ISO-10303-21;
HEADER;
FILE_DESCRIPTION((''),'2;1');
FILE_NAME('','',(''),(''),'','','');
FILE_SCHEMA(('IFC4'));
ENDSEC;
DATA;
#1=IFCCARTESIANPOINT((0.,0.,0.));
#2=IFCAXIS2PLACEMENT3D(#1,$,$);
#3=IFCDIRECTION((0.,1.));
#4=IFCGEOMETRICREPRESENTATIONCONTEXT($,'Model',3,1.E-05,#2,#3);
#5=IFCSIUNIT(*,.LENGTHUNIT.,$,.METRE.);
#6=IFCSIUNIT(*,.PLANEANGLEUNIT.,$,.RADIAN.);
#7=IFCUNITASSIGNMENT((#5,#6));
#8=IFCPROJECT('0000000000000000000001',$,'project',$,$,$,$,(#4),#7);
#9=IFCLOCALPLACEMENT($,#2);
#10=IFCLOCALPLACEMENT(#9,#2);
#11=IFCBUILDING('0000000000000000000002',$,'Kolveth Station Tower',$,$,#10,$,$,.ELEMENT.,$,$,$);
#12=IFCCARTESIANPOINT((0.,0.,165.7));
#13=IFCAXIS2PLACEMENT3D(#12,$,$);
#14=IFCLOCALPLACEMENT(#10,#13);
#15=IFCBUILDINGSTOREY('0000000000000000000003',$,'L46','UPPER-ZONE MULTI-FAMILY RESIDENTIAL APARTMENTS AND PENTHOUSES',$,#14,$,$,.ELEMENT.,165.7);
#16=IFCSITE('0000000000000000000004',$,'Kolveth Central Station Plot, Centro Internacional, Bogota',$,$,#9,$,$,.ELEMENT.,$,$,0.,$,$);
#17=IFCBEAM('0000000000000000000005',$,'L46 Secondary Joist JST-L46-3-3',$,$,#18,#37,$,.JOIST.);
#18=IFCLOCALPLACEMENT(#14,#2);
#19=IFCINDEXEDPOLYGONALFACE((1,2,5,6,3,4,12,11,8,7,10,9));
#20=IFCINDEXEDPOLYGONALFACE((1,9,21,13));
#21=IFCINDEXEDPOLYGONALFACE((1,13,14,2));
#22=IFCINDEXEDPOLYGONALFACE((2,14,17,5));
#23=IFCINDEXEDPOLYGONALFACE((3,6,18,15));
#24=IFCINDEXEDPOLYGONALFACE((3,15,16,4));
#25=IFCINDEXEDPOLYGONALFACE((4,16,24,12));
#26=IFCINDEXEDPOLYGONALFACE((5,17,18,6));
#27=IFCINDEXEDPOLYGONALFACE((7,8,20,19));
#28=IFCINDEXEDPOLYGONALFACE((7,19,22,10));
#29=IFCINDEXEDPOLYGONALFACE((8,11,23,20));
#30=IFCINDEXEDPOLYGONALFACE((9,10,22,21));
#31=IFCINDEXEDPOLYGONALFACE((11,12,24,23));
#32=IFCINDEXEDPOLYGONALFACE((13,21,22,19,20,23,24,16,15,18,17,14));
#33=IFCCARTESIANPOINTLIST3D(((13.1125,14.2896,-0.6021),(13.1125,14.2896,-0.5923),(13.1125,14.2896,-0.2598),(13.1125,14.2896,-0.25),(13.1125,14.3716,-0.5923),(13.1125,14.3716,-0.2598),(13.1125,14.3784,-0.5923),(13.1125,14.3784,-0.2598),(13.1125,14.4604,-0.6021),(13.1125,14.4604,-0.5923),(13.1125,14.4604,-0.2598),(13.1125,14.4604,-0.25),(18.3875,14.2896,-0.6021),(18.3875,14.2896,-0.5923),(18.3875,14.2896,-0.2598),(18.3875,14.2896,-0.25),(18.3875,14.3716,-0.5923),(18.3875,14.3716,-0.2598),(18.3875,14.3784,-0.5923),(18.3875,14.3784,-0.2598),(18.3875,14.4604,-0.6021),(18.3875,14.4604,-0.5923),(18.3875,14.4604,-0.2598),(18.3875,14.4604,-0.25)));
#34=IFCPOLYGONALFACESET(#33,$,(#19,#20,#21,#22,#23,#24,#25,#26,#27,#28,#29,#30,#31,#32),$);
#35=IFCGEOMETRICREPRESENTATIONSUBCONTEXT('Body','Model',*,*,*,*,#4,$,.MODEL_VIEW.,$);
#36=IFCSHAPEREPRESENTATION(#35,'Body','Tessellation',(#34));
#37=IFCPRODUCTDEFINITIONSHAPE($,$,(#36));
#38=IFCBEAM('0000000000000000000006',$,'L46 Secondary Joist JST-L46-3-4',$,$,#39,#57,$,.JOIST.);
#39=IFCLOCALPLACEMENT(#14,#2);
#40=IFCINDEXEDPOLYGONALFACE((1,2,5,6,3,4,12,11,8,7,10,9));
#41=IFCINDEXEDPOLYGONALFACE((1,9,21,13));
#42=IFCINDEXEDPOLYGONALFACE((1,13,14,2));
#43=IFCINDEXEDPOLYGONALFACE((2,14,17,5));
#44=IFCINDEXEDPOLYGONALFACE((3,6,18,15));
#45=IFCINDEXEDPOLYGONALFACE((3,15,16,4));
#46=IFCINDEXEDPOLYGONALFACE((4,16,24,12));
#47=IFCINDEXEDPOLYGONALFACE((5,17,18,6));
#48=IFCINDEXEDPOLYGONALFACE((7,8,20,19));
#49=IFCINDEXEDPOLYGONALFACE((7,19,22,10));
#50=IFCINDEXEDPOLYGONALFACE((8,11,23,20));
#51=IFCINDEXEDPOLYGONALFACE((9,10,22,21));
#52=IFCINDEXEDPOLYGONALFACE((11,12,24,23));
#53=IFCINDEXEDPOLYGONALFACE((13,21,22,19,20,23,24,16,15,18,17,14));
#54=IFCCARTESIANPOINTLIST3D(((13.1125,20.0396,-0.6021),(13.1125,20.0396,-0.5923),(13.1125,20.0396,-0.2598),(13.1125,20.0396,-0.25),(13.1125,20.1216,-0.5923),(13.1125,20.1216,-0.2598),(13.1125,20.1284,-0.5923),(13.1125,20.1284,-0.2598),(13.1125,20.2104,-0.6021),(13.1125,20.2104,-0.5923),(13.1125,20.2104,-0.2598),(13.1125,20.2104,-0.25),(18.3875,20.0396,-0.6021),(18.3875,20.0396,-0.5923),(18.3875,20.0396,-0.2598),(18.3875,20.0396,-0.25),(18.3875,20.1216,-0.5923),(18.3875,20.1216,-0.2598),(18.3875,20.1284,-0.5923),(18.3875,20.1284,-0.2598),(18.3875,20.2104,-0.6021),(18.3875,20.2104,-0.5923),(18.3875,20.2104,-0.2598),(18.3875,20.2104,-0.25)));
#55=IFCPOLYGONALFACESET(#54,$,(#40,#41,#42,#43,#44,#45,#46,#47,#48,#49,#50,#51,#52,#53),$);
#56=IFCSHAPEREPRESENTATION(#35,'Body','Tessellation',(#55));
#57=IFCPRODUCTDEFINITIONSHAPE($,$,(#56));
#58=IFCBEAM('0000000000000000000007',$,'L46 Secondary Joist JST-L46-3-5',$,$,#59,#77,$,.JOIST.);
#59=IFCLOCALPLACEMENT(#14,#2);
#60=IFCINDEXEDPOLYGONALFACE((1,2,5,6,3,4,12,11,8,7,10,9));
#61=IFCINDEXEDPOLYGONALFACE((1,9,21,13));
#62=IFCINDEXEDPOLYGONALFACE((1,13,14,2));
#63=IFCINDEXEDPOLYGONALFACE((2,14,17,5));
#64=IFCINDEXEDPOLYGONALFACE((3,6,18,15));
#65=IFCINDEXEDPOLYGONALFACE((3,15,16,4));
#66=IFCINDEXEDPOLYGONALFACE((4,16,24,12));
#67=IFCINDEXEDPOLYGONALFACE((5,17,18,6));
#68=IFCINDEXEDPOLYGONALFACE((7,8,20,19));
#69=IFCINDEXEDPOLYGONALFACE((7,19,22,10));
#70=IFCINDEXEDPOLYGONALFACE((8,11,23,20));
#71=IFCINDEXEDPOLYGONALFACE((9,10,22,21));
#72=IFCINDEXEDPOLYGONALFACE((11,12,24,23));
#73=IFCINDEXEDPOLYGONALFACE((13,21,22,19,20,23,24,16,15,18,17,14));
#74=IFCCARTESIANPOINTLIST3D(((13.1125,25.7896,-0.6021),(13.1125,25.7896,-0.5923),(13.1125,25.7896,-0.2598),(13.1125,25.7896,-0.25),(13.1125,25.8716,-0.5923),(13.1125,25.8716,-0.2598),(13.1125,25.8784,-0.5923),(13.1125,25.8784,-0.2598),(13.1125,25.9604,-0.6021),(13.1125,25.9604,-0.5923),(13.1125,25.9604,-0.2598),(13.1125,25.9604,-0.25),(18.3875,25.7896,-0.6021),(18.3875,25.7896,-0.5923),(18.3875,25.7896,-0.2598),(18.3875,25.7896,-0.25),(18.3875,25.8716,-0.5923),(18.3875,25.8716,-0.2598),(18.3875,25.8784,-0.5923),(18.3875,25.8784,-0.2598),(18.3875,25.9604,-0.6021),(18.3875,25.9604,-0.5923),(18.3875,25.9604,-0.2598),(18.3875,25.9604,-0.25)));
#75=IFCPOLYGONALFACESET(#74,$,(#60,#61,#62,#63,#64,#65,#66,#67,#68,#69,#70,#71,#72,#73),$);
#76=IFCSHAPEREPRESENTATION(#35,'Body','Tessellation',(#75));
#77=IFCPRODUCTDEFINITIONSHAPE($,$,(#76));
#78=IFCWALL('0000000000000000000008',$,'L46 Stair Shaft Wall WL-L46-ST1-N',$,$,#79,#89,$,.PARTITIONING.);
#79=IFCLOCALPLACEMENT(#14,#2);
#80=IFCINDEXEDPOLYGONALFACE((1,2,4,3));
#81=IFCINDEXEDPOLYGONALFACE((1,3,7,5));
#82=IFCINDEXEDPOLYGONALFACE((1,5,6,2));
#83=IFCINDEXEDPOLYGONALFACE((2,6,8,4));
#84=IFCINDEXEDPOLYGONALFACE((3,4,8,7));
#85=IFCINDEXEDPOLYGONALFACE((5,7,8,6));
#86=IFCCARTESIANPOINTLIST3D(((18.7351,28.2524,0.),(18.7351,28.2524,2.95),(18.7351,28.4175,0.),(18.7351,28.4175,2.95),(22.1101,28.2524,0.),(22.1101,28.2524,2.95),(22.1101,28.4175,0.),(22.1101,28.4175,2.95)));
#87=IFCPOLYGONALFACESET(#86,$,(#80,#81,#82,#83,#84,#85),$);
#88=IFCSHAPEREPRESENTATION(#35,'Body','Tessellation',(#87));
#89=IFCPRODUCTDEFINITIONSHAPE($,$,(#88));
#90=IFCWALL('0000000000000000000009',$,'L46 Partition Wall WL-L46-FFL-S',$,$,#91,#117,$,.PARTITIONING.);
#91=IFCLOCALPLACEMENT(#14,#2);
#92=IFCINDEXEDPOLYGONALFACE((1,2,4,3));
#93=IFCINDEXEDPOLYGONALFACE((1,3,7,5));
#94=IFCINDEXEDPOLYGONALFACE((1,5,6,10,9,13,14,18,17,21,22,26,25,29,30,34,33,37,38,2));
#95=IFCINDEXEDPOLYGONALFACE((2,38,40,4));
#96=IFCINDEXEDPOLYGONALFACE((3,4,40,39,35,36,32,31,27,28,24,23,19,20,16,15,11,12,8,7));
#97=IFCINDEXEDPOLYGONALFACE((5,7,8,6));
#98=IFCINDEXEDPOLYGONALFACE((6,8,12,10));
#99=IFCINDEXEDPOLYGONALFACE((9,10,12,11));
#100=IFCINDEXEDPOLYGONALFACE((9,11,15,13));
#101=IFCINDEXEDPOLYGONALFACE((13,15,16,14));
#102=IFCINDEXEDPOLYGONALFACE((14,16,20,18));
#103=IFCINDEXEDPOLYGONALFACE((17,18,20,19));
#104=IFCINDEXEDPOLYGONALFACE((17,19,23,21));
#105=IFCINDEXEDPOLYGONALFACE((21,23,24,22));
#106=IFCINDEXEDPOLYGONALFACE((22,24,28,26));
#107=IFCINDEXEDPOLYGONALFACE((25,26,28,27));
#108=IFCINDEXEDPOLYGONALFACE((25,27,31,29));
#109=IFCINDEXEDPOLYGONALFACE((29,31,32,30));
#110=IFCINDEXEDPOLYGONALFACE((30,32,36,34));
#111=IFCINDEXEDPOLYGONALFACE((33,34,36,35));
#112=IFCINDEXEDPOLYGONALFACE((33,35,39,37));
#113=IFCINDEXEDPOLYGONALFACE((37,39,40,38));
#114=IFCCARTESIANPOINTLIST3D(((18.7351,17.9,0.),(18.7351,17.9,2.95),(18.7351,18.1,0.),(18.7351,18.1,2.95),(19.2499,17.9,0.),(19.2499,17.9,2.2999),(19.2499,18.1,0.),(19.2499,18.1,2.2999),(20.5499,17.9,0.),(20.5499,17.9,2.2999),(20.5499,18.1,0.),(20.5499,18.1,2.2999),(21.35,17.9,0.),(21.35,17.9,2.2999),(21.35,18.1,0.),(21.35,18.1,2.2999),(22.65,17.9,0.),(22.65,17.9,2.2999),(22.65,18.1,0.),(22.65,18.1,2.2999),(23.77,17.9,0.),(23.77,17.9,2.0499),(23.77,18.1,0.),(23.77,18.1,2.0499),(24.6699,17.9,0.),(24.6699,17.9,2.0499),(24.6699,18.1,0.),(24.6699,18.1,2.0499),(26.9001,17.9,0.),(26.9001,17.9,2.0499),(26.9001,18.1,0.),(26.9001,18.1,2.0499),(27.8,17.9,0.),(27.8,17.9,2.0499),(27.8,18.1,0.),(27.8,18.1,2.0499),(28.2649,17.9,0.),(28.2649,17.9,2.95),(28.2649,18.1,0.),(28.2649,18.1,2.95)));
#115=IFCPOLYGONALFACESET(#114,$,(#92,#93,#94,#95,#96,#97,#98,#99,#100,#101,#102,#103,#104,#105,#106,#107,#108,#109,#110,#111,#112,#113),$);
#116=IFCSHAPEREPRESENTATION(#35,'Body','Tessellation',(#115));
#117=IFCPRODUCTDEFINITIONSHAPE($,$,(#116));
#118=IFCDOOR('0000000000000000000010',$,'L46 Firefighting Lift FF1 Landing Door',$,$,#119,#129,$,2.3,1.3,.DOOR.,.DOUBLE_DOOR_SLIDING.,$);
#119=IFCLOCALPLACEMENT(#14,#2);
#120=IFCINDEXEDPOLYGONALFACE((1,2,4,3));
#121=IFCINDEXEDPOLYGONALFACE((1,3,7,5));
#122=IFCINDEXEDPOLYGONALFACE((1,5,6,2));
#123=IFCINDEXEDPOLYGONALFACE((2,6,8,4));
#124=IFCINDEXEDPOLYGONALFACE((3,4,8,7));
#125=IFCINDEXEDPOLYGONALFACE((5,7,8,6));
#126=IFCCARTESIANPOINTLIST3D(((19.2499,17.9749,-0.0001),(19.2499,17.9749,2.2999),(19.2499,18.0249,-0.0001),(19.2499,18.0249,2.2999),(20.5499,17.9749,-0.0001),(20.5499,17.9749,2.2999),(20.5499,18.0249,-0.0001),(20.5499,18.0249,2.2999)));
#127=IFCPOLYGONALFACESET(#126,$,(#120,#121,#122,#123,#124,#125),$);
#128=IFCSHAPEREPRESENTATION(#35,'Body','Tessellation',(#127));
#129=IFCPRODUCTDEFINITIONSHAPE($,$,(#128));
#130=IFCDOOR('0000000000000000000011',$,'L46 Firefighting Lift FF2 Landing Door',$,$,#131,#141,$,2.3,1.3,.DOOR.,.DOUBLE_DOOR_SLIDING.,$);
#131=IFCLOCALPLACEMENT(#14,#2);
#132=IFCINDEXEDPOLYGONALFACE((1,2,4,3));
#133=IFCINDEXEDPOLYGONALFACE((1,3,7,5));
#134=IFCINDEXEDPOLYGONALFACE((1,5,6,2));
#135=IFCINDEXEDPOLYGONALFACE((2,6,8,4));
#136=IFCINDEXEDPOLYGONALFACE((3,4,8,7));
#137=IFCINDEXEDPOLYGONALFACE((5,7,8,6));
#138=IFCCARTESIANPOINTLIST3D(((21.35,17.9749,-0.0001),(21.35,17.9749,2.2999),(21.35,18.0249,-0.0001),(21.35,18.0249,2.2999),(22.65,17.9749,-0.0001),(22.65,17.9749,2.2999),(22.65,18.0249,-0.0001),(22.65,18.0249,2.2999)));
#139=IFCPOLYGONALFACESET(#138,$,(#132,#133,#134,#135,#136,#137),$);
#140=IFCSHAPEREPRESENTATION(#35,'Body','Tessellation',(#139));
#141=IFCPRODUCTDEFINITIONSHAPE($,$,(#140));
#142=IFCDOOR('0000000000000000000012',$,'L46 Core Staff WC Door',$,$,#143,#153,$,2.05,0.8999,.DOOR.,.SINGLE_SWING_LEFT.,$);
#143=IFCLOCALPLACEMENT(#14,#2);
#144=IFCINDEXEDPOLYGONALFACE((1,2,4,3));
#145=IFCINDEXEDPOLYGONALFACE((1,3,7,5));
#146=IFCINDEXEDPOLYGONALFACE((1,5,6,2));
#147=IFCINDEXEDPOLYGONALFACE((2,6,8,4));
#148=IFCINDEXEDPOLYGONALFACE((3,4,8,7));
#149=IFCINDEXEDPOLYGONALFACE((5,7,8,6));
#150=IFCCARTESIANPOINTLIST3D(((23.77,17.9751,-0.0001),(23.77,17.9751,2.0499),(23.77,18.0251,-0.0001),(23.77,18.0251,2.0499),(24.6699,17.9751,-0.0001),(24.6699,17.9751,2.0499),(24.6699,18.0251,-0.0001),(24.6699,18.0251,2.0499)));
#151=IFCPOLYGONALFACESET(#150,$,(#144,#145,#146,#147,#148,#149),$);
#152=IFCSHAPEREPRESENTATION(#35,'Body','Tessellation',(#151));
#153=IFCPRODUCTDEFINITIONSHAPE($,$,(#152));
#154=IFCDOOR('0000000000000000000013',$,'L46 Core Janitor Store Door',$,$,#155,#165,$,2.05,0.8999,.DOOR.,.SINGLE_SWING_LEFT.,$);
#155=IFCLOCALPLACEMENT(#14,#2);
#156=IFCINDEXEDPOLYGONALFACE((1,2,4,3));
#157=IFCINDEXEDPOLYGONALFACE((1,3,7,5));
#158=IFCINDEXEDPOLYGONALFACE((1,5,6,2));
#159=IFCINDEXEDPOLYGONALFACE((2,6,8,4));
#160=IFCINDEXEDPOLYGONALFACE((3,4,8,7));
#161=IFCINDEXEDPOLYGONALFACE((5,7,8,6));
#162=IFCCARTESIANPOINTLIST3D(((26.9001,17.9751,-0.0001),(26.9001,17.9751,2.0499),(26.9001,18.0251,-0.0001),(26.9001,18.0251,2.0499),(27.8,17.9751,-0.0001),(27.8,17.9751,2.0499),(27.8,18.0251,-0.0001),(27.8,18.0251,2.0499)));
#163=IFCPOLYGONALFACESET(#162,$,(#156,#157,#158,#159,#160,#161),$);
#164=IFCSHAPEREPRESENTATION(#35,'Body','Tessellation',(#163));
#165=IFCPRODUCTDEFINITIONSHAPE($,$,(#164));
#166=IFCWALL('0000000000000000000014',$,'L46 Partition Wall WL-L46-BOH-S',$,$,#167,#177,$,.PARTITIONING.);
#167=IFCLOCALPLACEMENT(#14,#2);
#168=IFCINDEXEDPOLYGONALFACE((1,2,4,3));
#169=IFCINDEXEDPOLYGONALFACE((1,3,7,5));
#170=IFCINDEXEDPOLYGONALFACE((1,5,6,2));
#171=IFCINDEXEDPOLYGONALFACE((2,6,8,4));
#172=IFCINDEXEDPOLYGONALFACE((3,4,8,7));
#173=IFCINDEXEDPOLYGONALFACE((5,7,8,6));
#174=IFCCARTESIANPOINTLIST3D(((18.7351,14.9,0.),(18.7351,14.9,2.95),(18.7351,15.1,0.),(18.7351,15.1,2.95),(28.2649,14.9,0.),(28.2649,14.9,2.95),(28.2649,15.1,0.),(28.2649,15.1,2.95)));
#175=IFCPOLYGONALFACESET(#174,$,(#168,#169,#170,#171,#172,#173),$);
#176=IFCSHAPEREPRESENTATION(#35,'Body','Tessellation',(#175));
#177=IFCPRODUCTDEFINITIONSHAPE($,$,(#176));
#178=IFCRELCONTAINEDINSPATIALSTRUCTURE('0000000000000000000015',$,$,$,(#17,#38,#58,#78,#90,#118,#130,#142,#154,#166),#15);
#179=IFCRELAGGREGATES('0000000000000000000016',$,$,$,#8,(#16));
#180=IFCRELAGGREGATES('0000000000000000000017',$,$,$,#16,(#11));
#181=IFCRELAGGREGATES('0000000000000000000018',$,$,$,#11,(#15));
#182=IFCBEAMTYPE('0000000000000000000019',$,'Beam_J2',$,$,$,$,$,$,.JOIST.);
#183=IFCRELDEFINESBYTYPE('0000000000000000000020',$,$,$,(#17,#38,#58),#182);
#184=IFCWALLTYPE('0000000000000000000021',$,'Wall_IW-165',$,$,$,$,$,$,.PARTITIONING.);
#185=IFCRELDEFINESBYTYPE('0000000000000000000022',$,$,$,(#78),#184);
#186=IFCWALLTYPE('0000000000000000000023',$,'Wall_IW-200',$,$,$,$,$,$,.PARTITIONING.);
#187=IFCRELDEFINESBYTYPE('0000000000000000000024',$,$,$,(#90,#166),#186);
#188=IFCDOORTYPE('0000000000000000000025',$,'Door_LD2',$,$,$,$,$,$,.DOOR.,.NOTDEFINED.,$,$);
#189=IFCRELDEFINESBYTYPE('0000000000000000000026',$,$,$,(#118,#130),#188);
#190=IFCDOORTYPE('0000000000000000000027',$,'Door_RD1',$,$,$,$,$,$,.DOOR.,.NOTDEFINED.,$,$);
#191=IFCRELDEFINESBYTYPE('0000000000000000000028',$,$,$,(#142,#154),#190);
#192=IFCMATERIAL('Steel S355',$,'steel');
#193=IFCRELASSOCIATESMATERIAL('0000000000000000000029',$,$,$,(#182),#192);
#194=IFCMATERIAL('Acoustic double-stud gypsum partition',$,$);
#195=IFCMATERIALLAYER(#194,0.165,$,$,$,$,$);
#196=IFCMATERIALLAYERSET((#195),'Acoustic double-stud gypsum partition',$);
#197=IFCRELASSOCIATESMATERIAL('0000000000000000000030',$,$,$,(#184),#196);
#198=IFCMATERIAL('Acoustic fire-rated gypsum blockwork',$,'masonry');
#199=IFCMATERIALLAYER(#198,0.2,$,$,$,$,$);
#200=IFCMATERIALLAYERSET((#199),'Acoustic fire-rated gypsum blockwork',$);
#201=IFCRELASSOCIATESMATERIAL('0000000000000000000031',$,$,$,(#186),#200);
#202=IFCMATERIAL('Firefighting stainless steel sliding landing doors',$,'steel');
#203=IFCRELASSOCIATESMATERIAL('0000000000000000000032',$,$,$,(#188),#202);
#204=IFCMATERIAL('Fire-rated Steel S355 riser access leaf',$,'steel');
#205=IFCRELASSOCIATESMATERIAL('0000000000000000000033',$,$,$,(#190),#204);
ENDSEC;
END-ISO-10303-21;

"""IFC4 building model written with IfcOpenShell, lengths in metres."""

from ifc_helpers import new_model, si_unit, direction, frame, frame_2d, origin, origin_2d, place, context, subcontext, project, spatial, rectangle, i_section, extrude, source, transform, mapped, material, layer, layer_set, material_profile, profile_set, type_object, element, fill, save


model = new_model("IFC4")

# Units and contexts
model_context = context("Model", 3, precision=1e-05, world=origin(), true_north=direction((0.0, 1.0)))
body_context = subcontext(model_context, "Body", "Model", "MODEL_VIEW")
ifc_project = project(units=[si_unit("LENGTHUNIT", "METRE"), si_unit("PLANEANGLEUNIT", "RADIAN")], contexts=[model_context])

# Site, building, storey
site_placement = place(None, origin())
site = spatial("IfcSite", under=ifc_project, at=site_placement, Name="Kolveth Central Station Plot, Centro Internacional, Bogota", CompositionType="ELEMENT", RefElevation=0.0)
building_placement = place(site_placement, origin())
building = spatial("IfcBuilding", under=site, at=building_placement, Name="Kolveth Station Tower", CompositionType="ELEMENT")
storey_placement = place(building_placement, frame((0.0, 0.0, 165.7)))
storey = spatial("IfcBuildingStorey", under=building, at=storey_placement, Name="L46", Description="UPPER-ZONE MULTI-FAMILY RESIDENTIAL APARTMENTS AND PENTHOUSES", CompositionType="ELEMENT", Elevation=165.7)

# Shared definitions
ifc_material_1 = material(Name="Steel S355", Category="steel")

# Beams
ifc_material_profile_1 = material_profile(ifc_material_1, i_section(OverallWidth=0.1709, OverallDepth=0.3521, WebThickness=0.0068, FlangeThickness=0.0098, at=origin_2d()), Name="W360x44")
ifc_profile_set_1 = profile_set([ifc_material_profile_1], Name="Steel S355")
beam_type_1 = type_object("IfcBeamType", Name="Beam_J2", PredefinedType="JOIST", material=ifc_profile_set_1)
shared_shape_1 = source(origin(), body_context, "Body", "SweptSolid", [
    extrude(i_section(OverallWidth=0.1709, OverallDepth=0.3521, WebThickness=0.0068, FlangeThickness=0.0098, at=origin_2d()), origin(), (0.0, 0.0, 1.0), 5.2749),
])
for number, where, z_axis, x_axis, name in (
    (1, (13.1125, 14.375, -0.426), (1.0, 0.0, 0.0), (0.0, 1.0, 0.0), "L46 Secondary Joist JST-L46-3-3"),
    (2, (13.1125, 20.125, -0.426), (1.0, 0.0, 0.0), (0.0, 1.0, 0.0), "L46 Secondary Joist JST-L46-3-4"),
    (3, (13.1125, 25.875, -0.426), (1.0, 0.0, 0.0), (0.0, 1.0, 0.0), "L46 Secondary Joist JST-L46-3-5"),
):
    element("IfcBeam", number, at=place(storey_placement, frame(where, z_axis=z_axis, x_axis=x_axis)), inside=storey, type_object=beam_type_1, Name=name, PredefinedType="JOIST", context=body_context, shape_type="MappedRepresentation", body=[
        mapped(shared_shape_1, transform((0.0, 0.0, 0.0), x_axis=(1.0, 0.0, 0.0), y_axis=(0.0, 1.0, 0.0), z_axis=(0.0, 0.0, 1.0), scale=1.0)),
    ])

# Wall
ifc_material_2 = material(Name="Acoustic double-stud gypsum partition")
ifc_layer_1 = layer(ifc_material_2, 0.165)
ifc_layer_set_1 = layer_set([ifc_layer_1], Name="Acoustic double-stud gypsum partition")
wall_type_1 = type_object("IfcWallType", Name="Wall_IW-165", PredefinedType="PARTITIONING", material=ifc_layer_set_1)
wall_1_placement = place(storey_placement, frame((18.7351, 28.335, 0.0), z_axis=(0.0, 0.0, 1.0), x_axis=(1.0, 0.0, 0.0)))
element("IfcWall", 4, at=wall_1_placement, inside=storey, type_object=wall_type_1, Name="L46 Stair Shaft Wall WL-L46-ST1-N", PredefinedType="PARTITIONING", context=body_context, shape_type="SweptSolid", body=[
    extrude(rectangle(XDim=3.375, YDim=0.165, at=frame_2d((1.6875, 0.0))), origin(), (0.0, 0.0, 1.0), 2.95),
])

# Wall, openings, doors
ifc_material_3 = material(Name="Acoustic fire-rated gypsum blockwork", Category="masonry")
ifc_layer_2 = layer(ifc_material_3, 0.2)
ifc_layer_set_2 = layer_set([ifc_layer_2], Name="Acoustic fire-rated gypsum blockwork")
wall_type_2 = type_object("IfcWallType", Name="Wall_IW-200", PredefinedType="PARTITIONING", material=ifc_layer_set_2)
wall_2_placement = place(storey_placement, frame((18.7351, 18.0, 0.0), z_axis=(0.0, 0.0, 1.0), x_axis=(1.0, 0.0, 0.0)))
wall_2 = element("IfcWall", 5, at=wall_2_placement, inside=storey, type_object=wall_type_2, Name="L46 Partition Wall WL-L46-FFL-S", PredefinedType="PARTITIONING", context=body_context, shape_type="SweptSolid", body=[
    extrude(rectangle(XDim=9.5298, YDim=0.2, at=frame_2d((4.7649, 0.0))), origin(), (0.0, 0.0, 1.0), 2.95),
])
opening_1_placement = place(wall_2_placement, frame((0.5149, 0.0, 0.0)))
opening_1 = element("IfcOpeningElement", 6, at=opening_1_placement, cuts=wall_2, PredefinedType="OPENING", context=body_context, shape_type="SweptSolid", body=[
    extrude(rectangle(XDim=1.3, YDim=2.3, at=frame_2d((0.6499, 1.1499))), frame((0.0, 0.1099, 0.0), z_axis=(0.0, -1.0, 0.0), x_axis=(1.0, 0.0, 0.0)), (0.0, 0.0, 1.0), 0.22),
])
opening_2_placement = place(wall_2_placement, frame((2.615, 0.0, 0.0)))
opening_2 = element("IfcOpeningElement", 7, at=opening_2_placement, cuts=wall_2, PredefinedType="OPENING", context=body_context, shape_type="SweptSolid", body=[
    extrude(rectangle(XDim=1.3, YDim=2.3, at=frame_2d((0.6499, 1.1499))), frame((0.0, 0.1099, 0.0), z_axis=(0.0, -1.0, 0.0), x_axis=(1.0, 0.0, 0.0)), (0.0, 0.0, 1.0), 0.22),
])
opening_3_placement = place(wall_2_placement, frame((5.0349, 0.0, 0.0)))
opening_3 = element("IfcOpeningElement", 8, at=opening_3_placement, cuts=wall_2, PredefinedType="OPENING", context=body_context, shape_type="SweptSolid", body=[
    extrude(rectangle(XDim=0.8999, YDim=2.05, at=frame_2d((0.45, 1.0249))), frame((0.0, 0.1099, 0.0), z_axis=(0.0, -1.0, 0.0), x_axis=(1.0, 0.0, 0.0)), (0.0, 0.0, 1.0), 0.22),
])
opening_4_placement = place(wall_2_placement, frame((8.165, 0.0, 0.0)))
opening_4 = element("IfcOpeningElement", 9, at=opening_4_placement, cuts=wall_2, PredefinedType="OPENING", context=body_context, shape_type="SweptSolid", body=[
    extrude(rectangle(XDim=0.8999, YDim=2.05, at=frame_2d((0.45, 1.0249))), frame((0.0, 0.1099, 0.0), z_axis=(0.0, -1.0, 0.0), x_axis=(1.0, 0.0, 0.0)), (0.0, 0.0, 1.0), 0.22),
])
ifc_material_4 = material(Name="Firefighting stainless steel sliding landing doors", Category="steel")
door_type_1 = type_object("IfcDoorType", Name="Door_LD2", OperationType="NOTDEFINED", PredefinedType="DOOR", material=ifc_material_4)
door_1_placement = place(opening_1_placement, origin())
door_1 = element("IfcDoor", 10, at=door_1_placement, inside=storey, type_object=door_type_1, Name="L46 Firefighting Lift FF1 Landing Door", OperationType="DOUBLE_DOOR_SLIDING", OverallHeight=2.3, OverallWidth=1.3, PredefinedType="DOOR", context=body_context, shape_type="SweptSolid", body=[
    extrude(rectangle(XDim=1.3, YDim=2.3, at=frame_2d((0.6499, 1.1499))), frame((0.0, 0.0249, 0.0), z_axis=(0.0, -1.0, 0.0), x_axis=(1.0, 0.0, 0.0)), (0.0, 0.0, 1.0), 0.05),
])
fill(opening_1, door_1)
door_2_placement = place(opening_2_placement, origin())
door_2 = element("IfcDoor", 11, at=door_2_placement, inside=storey, type_object=door_type_1, Name="L46 Firefighting Lift FF2 Landing Door", OperationType="DOUBLE_DOOR_SLIDING", OverallHeight=2.3, OverallWidth=1.3, PredefinedType="DOOR", context=body_context, shape_type="SweptSolid", body=[
    extrude(rectangle(XDim=1.3, YDim=2.3, at=frame_2d((0.6499, 1.1499))), frame((0.0, 0.0249, 0.0), z_axis=(0.0, -1.0, 0.0), x_axis=(1.0, 0.0, 0.0)), (0.0, 0.0, 1.0), 0.05),
])
fill(opening_2, door_2)
ifc_material_5 = material(Name="Fire-rated Steel S355 riser access leaf", Category="steel")
door_type_2 = type_object("IfcDoorType", Name="Door_RD1", OperationType="NOTDEFINED", PredefinedType="DOOR", material=ifc_material_5)
door_3_placement = place(opening_3_placement, frame((0.8999, 0.0, 0.0), z_axis=(0.0, 0.0, 1.0), x_axis=(-1.0, 0.0, 0.0)))
door_3 = element("IfcDoor", 12, at=door_3_placement, inside=storey, type_object=door_type_2, Name="L46 Core Staff WC Door", OperationType="SINGLE_SWING_LEFT", OverallHeight=2.05, OverallWidth=0.8999, PredefinedType="DOOR", context=body_context, shape_type="SweptSolid", body=[
    extrude(rectangle(XDim=0.8999, YDim=2.05, at=frame_2d((0.45, 1.0249))), frame((0.0, 0.0249, 0.0), z_axis=(0.0, -1.0, 0.0), x_axis=(1.0, 0.0, 0.0)), (0.0, 0.0, 1.0), 0.05),
])
fill(opening_3, door_3)
door_4_placement = place(opening_4_placement, frame((0.8999, 0.0, 0.0), z_axis=(0.0, 0.0, 1.0), x_axis=(-1.0, 0.0, 0.0)))
door_4 = element("IfcDoor", 13, at=door_4_placement, inside=storey, type_object=door_type_2, Name="L46 Core Janitor Store Door", OperationType="SINGLE_SWING_LEFT", OverallHeight=2.05, OverallWidth=0.8999, PredefinedType="DOOR", context=body_context, shape_type="SweptSolid", body=[
    extrude(rectangle(XDim=0.8999, YDim=2.05, at=frame_2d((0.45, 1.0249))), frame((0.0, 0.0249, 0.0), z_axis=(0.0, -1.0, 0.0), x_axis=(1.0, 0.0, 0.0)), (0.0, 0.0, 1.0), 0.05),
])
fill(opening_4, door_4)

# Wall
wall_3_placement = place(storey_placement, frame((18.7351, 15.0, 0.0), z_axis=(0.0, 0.0, 1.0), x_axis=(1.0, 0.0, 0.0)))
element("IfcWall", 14, at=wall_3_placement, inside=storey, type_object=wall_type_2, Name="L46 Partition Wall WL-L46-BOH-S", PredefinedType="PARTITIONING", context=body_context, shape_type="SweptSolid", body=[
    extrude(rectangle(XDim=9.5298, YDim=0.2, at=frame_2d((4.7649, 0.0))), origin(), (0.0, 0.0, 1.0), 2.95),
])

save(model, "model.ifc")
